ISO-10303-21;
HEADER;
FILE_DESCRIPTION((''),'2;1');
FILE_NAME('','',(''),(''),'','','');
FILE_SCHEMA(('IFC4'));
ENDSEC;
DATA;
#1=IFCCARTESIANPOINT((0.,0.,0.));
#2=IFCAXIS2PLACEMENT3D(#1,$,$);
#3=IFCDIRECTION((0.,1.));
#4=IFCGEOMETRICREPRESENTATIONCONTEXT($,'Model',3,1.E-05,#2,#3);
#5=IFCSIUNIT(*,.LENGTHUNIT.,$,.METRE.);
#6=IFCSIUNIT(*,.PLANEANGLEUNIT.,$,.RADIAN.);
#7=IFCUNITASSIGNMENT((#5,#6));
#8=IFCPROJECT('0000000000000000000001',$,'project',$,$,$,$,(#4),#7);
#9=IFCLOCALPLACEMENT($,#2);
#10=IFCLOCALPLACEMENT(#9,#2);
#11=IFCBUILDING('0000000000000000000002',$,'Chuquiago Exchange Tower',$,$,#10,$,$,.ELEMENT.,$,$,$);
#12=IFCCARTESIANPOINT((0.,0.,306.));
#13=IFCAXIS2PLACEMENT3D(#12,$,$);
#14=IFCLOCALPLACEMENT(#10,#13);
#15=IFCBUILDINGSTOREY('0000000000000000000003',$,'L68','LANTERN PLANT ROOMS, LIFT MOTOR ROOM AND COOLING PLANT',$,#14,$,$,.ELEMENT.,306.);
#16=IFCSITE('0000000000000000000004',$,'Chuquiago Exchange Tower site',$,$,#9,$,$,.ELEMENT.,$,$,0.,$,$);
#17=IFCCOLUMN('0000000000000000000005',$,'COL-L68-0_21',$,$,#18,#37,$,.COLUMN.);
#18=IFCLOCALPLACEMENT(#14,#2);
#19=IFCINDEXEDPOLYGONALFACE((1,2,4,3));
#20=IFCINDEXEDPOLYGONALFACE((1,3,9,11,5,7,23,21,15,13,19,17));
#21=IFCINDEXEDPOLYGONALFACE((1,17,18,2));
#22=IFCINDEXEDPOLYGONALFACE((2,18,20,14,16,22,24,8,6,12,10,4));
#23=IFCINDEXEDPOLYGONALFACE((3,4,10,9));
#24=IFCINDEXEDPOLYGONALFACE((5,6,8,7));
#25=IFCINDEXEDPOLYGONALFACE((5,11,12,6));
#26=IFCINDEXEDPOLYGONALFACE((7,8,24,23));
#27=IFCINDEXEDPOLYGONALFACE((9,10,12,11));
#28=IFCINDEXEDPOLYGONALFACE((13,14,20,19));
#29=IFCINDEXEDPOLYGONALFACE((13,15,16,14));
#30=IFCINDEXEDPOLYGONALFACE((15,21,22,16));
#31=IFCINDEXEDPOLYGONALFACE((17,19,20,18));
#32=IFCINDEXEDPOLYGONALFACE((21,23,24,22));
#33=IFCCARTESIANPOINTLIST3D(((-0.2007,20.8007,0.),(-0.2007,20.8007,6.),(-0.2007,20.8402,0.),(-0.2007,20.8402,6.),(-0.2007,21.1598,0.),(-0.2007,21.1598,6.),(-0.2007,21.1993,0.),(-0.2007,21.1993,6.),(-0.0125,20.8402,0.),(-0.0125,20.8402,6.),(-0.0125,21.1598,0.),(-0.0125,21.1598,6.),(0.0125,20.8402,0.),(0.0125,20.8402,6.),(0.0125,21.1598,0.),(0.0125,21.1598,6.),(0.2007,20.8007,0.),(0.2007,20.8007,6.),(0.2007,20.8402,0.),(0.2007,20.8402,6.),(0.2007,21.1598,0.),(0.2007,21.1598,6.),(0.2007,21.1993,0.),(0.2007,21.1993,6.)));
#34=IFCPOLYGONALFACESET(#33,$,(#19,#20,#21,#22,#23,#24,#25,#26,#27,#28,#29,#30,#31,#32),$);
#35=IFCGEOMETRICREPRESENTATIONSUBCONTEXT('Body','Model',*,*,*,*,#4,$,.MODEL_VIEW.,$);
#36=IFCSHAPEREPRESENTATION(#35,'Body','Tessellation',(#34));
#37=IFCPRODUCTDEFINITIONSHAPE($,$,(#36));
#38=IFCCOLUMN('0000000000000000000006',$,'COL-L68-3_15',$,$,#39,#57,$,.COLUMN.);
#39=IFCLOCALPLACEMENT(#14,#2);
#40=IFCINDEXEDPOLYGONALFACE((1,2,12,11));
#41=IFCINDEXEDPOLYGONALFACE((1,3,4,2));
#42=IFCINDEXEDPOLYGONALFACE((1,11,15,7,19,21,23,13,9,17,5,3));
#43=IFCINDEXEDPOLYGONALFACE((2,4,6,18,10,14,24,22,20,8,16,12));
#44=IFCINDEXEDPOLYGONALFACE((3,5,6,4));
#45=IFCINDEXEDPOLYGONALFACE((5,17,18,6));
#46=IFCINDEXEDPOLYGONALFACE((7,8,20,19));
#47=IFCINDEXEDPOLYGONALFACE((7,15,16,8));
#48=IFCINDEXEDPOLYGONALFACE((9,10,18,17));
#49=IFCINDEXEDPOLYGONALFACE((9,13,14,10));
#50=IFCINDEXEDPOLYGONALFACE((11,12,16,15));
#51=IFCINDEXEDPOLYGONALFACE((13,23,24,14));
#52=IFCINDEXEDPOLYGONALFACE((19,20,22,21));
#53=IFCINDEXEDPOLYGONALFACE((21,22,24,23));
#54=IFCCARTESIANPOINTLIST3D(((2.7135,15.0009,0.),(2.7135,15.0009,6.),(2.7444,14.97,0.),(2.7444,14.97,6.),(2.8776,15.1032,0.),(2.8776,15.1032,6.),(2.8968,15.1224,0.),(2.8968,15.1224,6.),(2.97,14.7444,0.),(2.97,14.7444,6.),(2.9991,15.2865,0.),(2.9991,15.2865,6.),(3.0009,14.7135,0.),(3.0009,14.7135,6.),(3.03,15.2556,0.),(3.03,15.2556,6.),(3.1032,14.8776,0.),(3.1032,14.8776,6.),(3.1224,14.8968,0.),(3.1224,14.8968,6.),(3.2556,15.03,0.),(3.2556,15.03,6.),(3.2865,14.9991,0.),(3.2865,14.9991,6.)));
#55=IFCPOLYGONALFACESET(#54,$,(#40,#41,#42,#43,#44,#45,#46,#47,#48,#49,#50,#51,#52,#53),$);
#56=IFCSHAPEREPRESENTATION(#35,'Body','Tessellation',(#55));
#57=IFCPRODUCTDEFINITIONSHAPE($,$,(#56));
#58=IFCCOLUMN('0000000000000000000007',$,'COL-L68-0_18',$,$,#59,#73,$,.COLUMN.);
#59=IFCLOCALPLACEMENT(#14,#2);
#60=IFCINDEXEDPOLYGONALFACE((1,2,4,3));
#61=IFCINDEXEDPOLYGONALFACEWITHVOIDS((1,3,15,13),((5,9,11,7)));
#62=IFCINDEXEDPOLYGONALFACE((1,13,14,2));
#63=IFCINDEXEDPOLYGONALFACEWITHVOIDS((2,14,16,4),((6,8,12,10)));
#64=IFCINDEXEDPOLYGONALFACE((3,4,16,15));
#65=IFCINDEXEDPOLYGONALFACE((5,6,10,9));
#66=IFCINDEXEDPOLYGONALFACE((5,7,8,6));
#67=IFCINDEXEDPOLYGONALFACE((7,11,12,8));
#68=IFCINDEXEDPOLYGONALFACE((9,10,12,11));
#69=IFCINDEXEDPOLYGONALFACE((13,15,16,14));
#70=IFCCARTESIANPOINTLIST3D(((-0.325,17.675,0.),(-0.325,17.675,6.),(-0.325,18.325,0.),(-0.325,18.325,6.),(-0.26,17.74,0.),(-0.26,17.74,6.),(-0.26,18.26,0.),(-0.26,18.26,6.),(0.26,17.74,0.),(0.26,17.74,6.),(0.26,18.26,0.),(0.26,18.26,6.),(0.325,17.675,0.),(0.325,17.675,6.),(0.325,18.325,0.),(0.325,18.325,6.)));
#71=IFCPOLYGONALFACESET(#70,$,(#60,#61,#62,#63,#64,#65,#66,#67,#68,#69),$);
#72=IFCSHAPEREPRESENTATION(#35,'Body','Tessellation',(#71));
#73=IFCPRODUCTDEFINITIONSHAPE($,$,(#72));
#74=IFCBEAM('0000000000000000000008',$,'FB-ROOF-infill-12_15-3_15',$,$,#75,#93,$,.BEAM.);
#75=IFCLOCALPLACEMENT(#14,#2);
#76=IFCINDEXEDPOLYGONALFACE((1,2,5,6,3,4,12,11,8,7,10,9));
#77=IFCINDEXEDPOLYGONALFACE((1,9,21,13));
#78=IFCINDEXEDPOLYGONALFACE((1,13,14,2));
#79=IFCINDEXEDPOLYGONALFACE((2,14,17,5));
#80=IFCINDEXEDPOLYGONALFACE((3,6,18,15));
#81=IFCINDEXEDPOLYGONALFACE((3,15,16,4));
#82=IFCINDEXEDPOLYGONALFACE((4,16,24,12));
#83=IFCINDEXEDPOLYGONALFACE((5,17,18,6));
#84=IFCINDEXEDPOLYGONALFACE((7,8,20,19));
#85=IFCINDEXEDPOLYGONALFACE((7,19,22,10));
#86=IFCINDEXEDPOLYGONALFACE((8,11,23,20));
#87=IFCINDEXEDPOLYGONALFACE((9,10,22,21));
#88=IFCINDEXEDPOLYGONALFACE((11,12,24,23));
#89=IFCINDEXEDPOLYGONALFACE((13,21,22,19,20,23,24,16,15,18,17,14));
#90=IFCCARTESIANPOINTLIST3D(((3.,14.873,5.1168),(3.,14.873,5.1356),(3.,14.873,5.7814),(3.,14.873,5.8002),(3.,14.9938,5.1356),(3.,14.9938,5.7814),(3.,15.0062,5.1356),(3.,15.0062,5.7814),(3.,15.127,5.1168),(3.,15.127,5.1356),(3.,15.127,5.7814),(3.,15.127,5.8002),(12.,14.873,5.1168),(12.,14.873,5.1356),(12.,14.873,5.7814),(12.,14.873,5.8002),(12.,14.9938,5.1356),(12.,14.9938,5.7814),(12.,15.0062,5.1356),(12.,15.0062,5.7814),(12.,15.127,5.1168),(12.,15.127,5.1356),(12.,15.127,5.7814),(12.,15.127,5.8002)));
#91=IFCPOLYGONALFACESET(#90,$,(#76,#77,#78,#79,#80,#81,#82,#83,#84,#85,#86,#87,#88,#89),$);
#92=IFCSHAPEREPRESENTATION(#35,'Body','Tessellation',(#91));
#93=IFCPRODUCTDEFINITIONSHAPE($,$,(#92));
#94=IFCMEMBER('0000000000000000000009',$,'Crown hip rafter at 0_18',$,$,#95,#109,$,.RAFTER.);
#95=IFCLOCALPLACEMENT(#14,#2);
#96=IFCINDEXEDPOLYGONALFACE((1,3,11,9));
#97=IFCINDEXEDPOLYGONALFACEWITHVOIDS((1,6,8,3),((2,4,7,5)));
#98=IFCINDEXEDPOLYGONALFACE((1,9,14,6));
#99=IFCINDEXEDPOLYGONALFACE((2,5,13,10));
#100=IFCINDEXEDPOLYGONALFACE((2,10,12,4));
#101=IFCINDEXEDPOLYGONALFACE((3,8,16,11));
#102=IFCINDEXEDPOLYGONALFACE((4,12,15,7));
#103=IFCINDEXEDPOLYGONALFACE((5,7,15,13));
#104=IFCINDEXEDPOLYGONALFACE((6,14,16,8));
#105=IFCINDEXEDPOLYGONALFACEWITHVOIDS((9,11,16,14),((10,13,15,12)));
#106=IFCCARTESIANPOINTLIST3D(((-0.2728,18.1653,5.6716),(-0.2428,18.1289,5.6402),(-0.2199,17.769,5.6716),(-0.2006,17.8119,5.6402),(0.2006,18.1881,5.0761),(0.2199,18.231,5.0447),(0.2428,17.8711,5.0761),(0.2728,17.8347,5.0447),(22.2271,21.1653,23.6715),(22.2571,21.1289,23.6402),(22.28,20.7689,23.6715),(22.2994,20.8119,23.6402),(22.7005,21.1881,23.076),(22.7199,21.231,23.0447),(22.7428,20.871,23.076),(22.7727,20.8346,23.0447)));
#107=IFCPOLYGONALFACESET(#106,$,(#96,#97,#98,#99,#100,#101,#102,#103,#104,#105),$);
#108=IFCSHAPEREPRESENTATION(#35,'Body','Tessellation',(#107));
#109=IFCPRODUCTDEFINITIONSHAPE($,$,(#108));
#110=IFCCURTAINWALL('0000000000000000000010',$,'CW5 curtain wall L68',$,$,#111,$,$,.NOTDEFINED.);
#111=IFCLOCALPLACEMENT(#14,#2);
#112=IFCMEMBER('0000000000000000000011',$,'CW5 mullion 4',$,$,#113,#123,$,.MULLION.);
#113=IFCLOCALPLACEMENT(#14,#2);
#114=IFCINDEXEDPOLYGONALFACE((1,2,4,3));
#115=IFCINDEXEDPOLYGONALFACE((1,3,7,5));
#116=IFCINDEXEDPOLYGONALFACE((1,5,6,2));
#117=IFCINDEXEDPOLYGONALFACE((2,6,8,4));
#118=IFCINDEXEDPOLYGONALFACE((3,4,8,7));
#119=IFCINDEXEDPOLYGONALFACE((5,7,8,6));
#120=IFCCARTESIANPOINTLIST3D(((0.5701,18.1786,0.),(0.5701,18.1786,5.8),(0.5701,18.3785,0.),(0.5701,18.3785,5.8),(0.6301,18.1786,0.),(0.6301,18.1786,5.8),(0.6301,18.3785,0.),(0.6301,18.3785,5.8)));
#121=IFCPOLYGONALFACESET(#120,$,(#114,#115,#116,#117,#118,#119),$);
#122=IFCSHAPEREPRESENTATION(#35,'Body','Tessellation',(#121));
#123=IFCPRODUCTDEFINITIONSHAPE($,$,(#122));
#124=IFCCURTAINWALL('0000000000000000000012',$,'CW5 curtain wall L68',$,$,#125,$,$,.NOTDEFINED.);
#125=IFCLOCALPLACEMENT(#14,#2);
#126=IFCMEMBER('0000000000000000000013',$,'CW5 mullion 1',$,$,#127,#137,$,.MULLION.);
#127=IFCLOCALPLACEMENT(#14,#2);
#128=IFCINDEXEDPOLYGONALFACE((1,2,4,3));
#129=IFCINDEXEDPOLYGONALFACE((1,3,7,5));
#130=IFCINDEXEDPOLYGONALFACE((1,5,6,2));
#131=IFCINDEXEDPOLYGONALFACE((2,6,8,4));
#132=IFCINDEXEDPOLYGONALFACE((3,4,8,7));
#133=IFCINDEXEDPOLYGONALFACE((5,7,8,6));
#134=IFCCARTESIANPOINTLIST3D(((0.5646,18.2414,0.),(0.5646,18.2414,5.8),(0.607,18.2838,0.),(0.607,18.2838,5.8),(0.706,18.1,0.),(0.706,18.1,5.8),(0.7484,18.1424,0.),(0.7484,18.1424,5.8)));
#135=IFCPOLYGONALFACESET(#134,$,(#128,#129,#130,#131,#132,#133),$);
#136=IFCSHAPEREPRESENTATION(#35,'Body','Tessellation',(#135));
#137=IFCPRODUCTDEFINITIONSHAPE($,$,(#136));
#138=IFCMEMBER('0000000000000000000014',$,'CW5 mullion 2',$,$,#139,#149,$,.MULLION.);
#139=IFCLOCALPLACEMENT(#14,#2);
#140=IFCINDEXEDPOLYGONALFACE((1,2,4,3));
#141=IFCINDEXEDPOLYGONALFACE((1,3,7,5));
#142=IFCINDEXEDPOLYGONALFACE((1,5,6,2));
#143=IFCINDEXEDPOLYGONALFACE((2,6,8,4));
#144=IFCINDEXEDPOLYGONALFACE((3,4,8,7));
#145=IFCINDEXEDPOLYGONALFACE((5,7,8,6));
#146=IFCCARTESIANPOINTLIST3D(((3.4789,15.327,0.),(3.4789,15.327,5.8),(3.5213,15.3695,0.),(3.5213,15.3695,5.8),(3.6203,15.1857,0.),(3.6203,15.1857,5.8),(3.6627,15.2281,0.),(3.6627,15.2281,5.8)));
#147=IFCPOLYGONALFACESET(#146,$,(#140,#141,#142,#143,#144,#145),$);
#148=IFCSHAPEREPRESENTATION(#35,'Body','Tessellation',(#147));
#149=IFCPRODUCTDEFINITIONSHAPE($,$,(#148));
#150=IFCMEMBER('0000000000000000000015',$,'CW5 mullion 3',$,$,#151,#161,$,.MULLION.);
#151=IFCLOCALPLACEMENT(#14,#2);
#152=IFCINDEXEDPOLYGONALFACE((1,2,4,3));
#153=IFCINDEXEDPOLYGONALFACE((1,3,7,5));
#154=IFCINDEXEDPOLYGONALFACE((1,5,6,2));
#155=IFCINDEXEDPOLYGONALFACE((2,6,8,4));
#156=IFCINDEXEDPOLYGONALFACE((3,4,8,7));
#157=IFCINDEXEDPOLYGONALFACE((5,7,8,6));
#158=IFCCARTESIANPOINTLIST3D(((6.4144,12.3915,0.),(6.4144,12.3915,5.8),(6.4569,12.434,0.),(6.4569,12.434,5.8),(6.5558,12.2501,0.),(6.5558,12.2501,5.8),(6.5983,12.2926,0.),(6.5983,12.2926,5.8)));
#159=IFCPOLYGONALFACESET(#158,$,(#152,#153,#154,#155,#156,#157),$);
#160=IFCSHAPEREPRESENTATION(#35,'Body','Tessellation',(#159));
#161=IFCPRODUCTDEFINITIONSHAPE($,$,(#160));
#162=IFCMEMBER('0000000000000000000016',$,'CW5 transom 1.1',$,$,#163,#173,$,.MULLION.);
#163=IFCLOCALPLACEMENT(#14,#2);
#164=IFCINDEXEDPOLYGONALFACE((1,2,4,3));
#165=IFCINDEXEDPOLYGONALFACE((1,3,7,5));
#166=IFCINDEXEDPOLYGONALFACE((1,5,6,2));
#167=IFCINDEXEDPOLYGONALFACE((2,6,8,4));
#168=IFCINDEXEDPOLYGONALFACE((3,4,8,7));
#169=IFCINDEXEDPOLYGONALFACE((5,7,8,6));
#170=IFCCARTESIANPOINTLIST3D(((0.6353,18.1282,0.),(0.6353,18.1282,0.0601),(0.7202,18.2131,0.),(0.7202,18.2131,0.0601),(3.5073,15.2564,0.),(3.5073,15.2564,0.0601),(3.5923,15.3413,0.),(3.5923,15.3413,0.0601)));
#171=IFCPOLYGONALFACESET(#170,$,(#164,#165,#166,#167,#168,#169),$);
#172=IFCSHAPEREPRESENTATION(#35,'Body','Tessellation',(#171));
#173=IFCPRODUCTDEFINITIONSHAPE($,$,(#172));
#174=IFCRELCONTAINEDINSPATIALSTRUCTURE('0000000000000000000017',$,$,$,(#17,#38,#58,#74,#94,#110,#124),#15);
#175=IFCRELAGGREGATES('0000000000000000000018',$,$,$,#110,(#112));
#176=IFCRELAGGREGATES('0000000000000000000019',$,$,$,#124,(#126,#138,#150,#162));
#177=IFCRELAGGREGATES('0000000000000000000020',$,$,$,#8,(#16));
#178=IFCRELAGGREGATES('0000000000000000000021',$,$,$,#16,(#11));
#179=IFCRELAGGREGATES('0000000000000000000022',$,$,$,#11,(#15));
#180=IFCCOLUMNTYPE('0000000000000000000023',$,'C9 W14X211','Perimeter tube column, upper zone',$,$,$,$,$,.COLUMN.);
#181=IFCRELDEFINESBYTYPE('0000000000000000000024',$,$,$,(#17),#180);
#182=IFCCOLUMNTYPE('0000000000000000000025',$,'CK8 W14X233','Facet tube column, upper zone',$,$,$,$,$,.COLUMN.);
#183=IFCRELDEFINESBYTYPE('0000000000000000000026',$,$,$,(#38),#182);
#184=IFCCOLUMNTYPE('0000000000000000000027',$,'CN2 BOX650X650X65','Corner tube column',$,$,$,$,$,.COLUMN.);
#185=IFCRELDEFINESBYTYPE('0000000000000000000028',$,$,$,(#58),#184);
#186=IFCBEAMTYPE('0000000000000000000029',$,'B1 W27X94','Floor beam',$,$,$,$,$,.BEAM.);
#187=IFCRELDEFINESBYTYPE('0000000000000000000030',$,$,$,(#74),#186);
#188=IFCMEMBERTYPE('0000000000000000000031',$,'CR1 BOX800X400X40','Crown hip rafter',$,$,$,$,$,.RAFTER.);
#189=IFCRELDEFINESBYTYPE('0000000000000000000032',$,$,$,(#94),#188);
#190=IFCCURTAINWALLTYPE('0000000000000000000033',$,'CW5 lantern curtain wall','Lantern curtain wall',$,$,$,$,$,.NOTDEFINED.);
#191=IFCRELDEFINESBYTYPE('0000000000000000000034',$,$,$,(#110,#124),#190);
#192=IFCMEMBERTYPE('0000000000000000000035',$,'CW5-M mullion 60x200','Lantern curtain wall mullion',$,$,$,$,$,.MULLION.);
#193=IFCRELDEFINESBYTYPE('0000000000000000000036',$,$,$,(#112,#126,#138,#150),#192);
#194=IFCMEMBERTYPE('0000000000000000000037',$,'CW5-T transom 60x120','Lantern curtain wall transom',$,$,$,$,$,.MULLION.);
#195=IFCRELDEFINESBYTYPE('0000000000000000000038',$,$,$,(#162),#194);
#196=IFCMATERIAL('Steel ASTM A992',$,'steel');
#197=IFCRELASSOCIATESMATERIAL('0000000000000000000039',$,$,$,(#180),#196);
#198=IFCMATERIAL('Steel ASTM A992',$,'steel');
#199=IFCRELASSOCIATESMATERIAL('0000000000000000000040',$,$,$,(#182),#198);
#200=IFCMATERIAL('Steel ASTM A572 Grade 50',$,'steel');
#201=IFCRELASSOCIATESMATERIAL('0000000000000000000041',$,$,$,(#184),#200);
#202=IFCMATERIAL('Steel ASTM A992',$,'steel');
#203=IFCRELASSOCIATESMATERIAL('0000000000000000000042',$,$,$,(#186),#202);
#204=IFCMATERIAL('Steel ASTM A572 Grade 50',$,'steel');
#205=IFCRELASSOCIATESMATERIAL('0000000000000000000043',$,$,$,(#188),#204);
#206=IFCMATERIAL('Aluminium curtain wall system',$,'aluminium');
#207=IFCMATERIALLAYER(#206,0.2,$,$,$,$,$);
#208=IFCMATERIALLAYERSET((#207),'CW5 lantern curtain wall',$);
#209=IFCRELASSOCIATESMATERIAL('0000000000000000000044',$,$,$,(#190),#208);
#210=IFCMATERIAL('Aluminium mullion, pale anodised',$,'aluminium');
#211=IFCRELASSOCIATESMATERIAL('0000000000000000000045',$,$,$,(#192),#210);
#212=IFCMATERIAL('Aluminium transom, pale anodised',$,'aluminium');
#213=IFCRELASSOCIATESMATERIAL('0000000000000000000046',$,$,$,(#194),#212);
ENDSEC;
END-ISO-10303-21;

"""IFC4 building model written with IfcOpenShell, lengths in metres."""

from ifc_helpers import new_model, si_unit, direction, frame, origin, origin_2d, place, context, subcontext, project, spatial, rectangle, hollow_rectangle, i_section, extrude, material, layer, layer_set, material_profile, profile_set, type_object, element, aggregate, save


model = new_model("IFC4")

# Units and contexts
model_context = context("Model", 3, precision=1e-05, world=origin(), true_north=direction((0.0, 1.0)))
body_context = subcontext(model_context, "Body", "Model", "MODEL_VIEW")
ifc_project = project(units=[si_unit("LENGTHUNIT", "METRE"), si_unit("PLANEANGLEUNIT", "RADIAN")], contexts=[model_context])

# Site, building, storey
site_placement = place(None, origin())
site = spatial("IfcSite", under=ifc_project, at=site_placement, Name="Chuquiago Exchange Tower site", CompositionType="ELEMENT", RefElevation=0.0)
building_placement = place(site_placement, origin())
building = spatial("IfcBuilding", under=site, at=building_placement, Name="Chuquiago Exchange Tower", CompositionType="ELEMENT")
storey_placement = place(building_placement, frame((0.0, 0.0, 306.0)))
storey = spatial("IfcBuildingStorey", under=building, at=storey_placement, Name="L68", Description="LANTERN PLANT ROOMS, LIFT MOTOR ROOM AND COOLING PLANT", CompositionType="ELEMENT", Elevation=306.0)

# Columns
ifc_material_1 = material(Name="Steel ASTM A992", Category="steel")
ifc_material_profile_1 = material_profile(ifc_material_1, i_section(OverallWidth=0.4014, OverallDepth=0.3987, WebThickness=0.0249, FlangeThickness=0.0396, at=origin_2d()), Name="W14X211")
ifc_profile_set_1 = profile_set([ifc_material_profile_1], Name="Steel ASTM A992")
column_type_1 = type_object("IfcColumnType", Name="C9 W14X211", Description="Perimeter tube column, upper zone", PredefinedType="COLUMN", material=ifc_profile_set_1)
column_1_placement = place(storey_placement, frame((0.0, 21.0, 0.0), z_axis=(0.0, 0.0, 1.0), x_axis=(-1.0, 0.0, 0.0)))
element("IfcColumn", 1, at=column_1_placement, inside=storey, type_object=column_type_1, Name="COL-L68-0_21", PredefinedType="COLUMN", context=body_context, shape_type="SweptSolid", body=[
    extrude(i_section(OverallWidth=0.4014, OverallDepth=0.3987, WebThickness=0.0249, FlangeThickness=0.0396, at=origin_2d()), origin(), (0.0, 0.0, 1.0), 6.0),
])
ifc_material_2 = material(Name="Steel ASTM A992", Category="steel")
ifc_material_profile_2 = material_profile(ifc_material_2, i_section(OverallWidth=0.4038, OverallDepth=0.4065, WebThickness=0.0271, FlangeThickness=0.0437, at=origin_2d()), Name="W14X233")
ifc_profile_set_2 = profile_set([ifc_material_profile_2], Name="Steel ASTM A992")
column_type_2 = type_object("IfcColumnType", Name="CK8 W14X233", Description="Facet tube column, upper zone", PredefinedType="COLUMN", material=ifc_profile_set_2)
column_2_placement = place(storey_placement, frame((3.0, 15.0, 0.0), z_axis=(0.0, 0.0, 1.0), x_axis=(-0.707107, -0.707107, 0.0)))
element("IfcColumn", 2, at=column_2_placement, inside=storey, type_object=column_type_2, Name="COL-L68-3_15", PredefinedType="COLUMN", context=body_context, shape_type="SweptSolid", body=[
    extrude(i_section(OverallWidth=0.4038, OverallDepth=0.4065, WebThickness=0.0271, FlangeThickness=0.0437, at=origin_2d()), origin(), (0.0, 0.0, 1.0), 6.0),
])
ifc_material_3 = material(Name="Steel ASTM A572 Grade 50", Category="steel")
ifc_material_profile_3 = material_profile(ifc_material_3, hollow_rectangle(XDim=0.6499, YDim=0.6499, WallThickness=0.0649, at=origin_2d()), Name="BOX650X650X65")
ifc_profile_set_3 = profile_set([ifc_material_profile_3], Name="Steel ASTM A572 Grade 50")
column_type_3 = type_object("IfcColumnType", Name="CN2 BOX650X650X65", Description="Corner tube column", PredefinedType="COLUMN", material=ifc_profile_set_3)
column_3_placement = place(storey_placement, frame((0.0, 18.0, 0.0), z_axis=(0.0, 0.0, 1.0), x_axis=(-1.0, 0.0, 0.0)))
element("IfcColumn", 3, at=column_3_placement, inside=storey, type_object=column_type_3, Name="COL-L68-0_18", PredefinedType="COLUMN", context=body_context, shape_type="SweptSolid", body=[
    extrude(hollow_rectangle(XDim=0.6499, YDim=0.6499, WallThickness=0.0649, at=origin_2d()), origin(), (0.0, 0.0, 1.0), 6.0),
])

# Beam
ifc_material_4 = material(Name="Steel ASTM A992", Category="steel")
ifc_material_profile_4 = material_profile(ifc_material_4, i_section(OverallWidth=0.2539, OverallDepth=0.6833, WebThickness=0.0125, FlangeThickness=0.0188, at=origin_2d()), Name="W27X94")
ifc_profile_set_4 = profile_set([ifc_material_profile_4], Name="Steel ASTM A992")
beam_type_1 = type_object("IfcBeamType", Name="B1 W27X94", Description="Floor beam", PredefinedType="BEAM", material=ifc_profile_set_4)
beam_1_placement = place(storey_placement, frame((12.0, 15.0, 5.4585), z_axis=(-1.0, 0.0, 0.0), x_axis=(0.0, -1.0, 0.0)))
element("IfcBeam", 4, at=beam_1_placement, inside=storey, type_object=beam_type_1, Name="FB-ROOF-infill-12_15-3_15", PredefinedType="BEAM", context=body_context, shape_type="SweptSolid", body=[
    extrude(i_section(OverallWidth=0.2539, OverallDepth=0.6833, WebThickness=0.0125, FlangeThickness=0.0188, at=origin_2d()), origin(), (0.0, 0.0, 1.0), 9.0),
])

# Member
ifc_material_5 = material(Name="Steel ASTM A572 Grade 50", Category="steel")
ifc_material_profile_5 = material_profile(ifc_material_5, hollow_rectangle(XDim=0.3999, YDim=0.8, WallThickness=0.04, at=origin_2d()), Name="BOX800X400X40")
ifc_profile_set_5 = profile_set([ifc_material_profile_5], Name="Steel ASTM A572 Grade 50")
member_type_1 = type_object("IfcMemberType", Name="CR1 BOX800X400X40", Description="Crown hip rafter", PredefinedType="RAFTER", material=ifc_profile_set_5)
member_1_placement = place(storey_placement, frame((0.0, 18.0, 5.3582), z_axis=(0.776671, 0.103556, 0.621336), x_axis=(-0.132164, 0.991228, 0.0)))
element("IfcMember", 5, at=member_1_placement, inside=storey, type_object=member_type_1, Name="Crown hip rafter at 0_18", PredefinedType="RAFTER", context=body_context, shape_type="SweptSolid", body=[
    extrude(hollow_rectangle(XDim=0.3999, YDim=0.8, WallThickness=0.04, at=origin_2d()), origin(), (0.0, 0.0, 1.0), 28.9697),
])

# Curtain wall, member
ifc_material_6 = material(Name="Aluminium curtain wall system", Category="aluminium")
ifc_layer_1 = layer(ifc_material_6, 0.2)
ifc_layer_set_1 = layer_set([ifc_layer_1], Name="CW5 lantern curtain wall")
curtain_wall_type = type_object("IfcCurtainWallType", Name="CW5 lantern curtain wall", Description="Lantern curtain wall", PredefinedType="NOTDEFINED", material=ifc_layer_set_1)
curtain_wall_1_placement = place(storey_placement, origin())
curtain_wall_1 = element("IfcCurtainWall", 6, at=curtain_wall_1_placement, inside=storey, type_object=curtain_wall_type, Name="CW5 curtain wall L68", PredefinedType="NOTDEFINED")
ifc_material_7 = material(Name="Aluminium mullion, pale anodised", Category="aluminium")
ifc_material_profile_6 = material_profile(ifc_material_7, rectangle(XDim=0.0601, YDim=0.2, at=origin_2d()), Name="AL 60x200")
ifc_profile_set_6 = profile_set([ifc_material_profile_6], Name="Aluminium mullion, pale anodised")
member_type_2 = type_object("IfcMemberType", Name="CW5-M mullion 60x200", Description="Lantern curtain wall mullion", PredefinedType="MULLION", material=ifc_profile_set_6)
member_2_placement = place(storey_placement, frame((0.6001, 18.2786, 0.0), z_axis=(0.0, 0.0, 1.0), x_axis=(1.0, 0.0, 0.0)))
member_2 = element("IfcMember", 7, at=member_2_placement, type_object=member_type_2, Name="CW5 mullion 4", PredefinedType="MULLION", context=body_context, shape_type="SweptSolid", body=[
    extrude(rectangle(XDim=0.0601, YDim=0.2, at=origin_2d()), origin(), (0.0, 0.0, 1.0), 5.8),
])

# Curtain wall, members
curtain_wall_2_placement = place(storey_placement, origin())
curtain_wall_2 = element("IfcCurtainWall", 8, at=curtain_wall_2_placement, inside=storey, type_object=curtain_wall_type, Name="CW5 curtain wall L68", PredefinedType="NOTDEFINED")
member_3_placement = place(storey_placement, frame((0.6565, 18.1919, 0.0), z_axis=(0.0, 0.0, 1.0), x_axis=(0.707109, 0.707105, 0.0)))
member_3 = element("IfcMember", 9, at=member_3_placement, type_object=member_type_2, Name="CW5 mullion 1", PredefinedType="MULLION", context=body_context, shape_type="SweptSolid", body=[
    extrude(rectangle(XDim=0.0601, YDim=0.2, at=origin_2d()), origin(), (0.0, 0.0, 1.0), 5.8),
])
member_4_placement = place(storey_placement, frame((3.5708, 15.2776, 0.0), z_axis=(0.0, 0.0, 1.0), x_axis=(0.707109, 0.707105, 0.0)))
member_4 = element("IfcMember", 10, at=member_4_placement, type_object=member_type_2, Name="CW5 mullion 2", PredefinedType="MULLION", context=body_context, shape_type="SweptSolid", body=[
    extrude(rectangle(XDim=0.0601, YDim=0.2, at=origin_2d()), origin(), (0.0, 0.0, 1.0), 5.8),
])
member_5_placement = place(storey_placement, frame((6.5063, 12.342, 0.0), z_axis=(0.0, 0.0, 1.0), x_axis=(0.707109, 0.707105, 0.0)))
member_5 = element("IfcMember", 11, at=member_5_placement, type_object=member_type_2, Name="CW5 mullion 3", PredefinedType="MULLION", context=body_context, shape_type="SweptSolid", body=[
    extrude(rectangle(XDim=0.0601, YDim=0.2, at=origin_2d()), origin(), (0.0, 0.0, 1.0), 5.8),
])
ifc_material_8 = material(Name="Aluminium transom, pale anodised", Category="aluminium")
ifc_material_profile_7 = material_profile(ifc_material_8, rectangle(XDim=0.1201, YDim=0.0601, at=origin_2d()), Name="AL 120x60")
ifc_profile_set_7 = profile_set([ifc_material_profile_7], Name="Aluminium transom, pale anodised")
member_type_3 = type_object("IfcMemberType", Name="CW5-T transom 60x120", Description="Lantern curtain wall transom", PredefinedType="MULLION", material=ifc_profile_set_7)
member_6_placement = place(storey_placement, frame((0.6777, 18.1707, 0.03), z_axis=(0.707137, -0.707077, 0.0), x_axis=(0.707077, 0.707137, 0.0)))
member_6 = element("IfcMember", 12, at=member_6_placement, type_object=member_type_3, Name="CW5 transom 1.1", PredefinedType="MULLION", context=body_context, shape_type="SweptSolid", body=[
    extrude(rectangle(XDim=0.1201, YDim=0.0601, at=origin_2d()), origin(), (0.0, 0.0, 1.0), 4.0615),
])

aggregate(curtain_wall_1, [member_2])
aggregate(curtain_wall_2, [member_3, member_4, member_5, member_6])

save(model, "model.ifc")
